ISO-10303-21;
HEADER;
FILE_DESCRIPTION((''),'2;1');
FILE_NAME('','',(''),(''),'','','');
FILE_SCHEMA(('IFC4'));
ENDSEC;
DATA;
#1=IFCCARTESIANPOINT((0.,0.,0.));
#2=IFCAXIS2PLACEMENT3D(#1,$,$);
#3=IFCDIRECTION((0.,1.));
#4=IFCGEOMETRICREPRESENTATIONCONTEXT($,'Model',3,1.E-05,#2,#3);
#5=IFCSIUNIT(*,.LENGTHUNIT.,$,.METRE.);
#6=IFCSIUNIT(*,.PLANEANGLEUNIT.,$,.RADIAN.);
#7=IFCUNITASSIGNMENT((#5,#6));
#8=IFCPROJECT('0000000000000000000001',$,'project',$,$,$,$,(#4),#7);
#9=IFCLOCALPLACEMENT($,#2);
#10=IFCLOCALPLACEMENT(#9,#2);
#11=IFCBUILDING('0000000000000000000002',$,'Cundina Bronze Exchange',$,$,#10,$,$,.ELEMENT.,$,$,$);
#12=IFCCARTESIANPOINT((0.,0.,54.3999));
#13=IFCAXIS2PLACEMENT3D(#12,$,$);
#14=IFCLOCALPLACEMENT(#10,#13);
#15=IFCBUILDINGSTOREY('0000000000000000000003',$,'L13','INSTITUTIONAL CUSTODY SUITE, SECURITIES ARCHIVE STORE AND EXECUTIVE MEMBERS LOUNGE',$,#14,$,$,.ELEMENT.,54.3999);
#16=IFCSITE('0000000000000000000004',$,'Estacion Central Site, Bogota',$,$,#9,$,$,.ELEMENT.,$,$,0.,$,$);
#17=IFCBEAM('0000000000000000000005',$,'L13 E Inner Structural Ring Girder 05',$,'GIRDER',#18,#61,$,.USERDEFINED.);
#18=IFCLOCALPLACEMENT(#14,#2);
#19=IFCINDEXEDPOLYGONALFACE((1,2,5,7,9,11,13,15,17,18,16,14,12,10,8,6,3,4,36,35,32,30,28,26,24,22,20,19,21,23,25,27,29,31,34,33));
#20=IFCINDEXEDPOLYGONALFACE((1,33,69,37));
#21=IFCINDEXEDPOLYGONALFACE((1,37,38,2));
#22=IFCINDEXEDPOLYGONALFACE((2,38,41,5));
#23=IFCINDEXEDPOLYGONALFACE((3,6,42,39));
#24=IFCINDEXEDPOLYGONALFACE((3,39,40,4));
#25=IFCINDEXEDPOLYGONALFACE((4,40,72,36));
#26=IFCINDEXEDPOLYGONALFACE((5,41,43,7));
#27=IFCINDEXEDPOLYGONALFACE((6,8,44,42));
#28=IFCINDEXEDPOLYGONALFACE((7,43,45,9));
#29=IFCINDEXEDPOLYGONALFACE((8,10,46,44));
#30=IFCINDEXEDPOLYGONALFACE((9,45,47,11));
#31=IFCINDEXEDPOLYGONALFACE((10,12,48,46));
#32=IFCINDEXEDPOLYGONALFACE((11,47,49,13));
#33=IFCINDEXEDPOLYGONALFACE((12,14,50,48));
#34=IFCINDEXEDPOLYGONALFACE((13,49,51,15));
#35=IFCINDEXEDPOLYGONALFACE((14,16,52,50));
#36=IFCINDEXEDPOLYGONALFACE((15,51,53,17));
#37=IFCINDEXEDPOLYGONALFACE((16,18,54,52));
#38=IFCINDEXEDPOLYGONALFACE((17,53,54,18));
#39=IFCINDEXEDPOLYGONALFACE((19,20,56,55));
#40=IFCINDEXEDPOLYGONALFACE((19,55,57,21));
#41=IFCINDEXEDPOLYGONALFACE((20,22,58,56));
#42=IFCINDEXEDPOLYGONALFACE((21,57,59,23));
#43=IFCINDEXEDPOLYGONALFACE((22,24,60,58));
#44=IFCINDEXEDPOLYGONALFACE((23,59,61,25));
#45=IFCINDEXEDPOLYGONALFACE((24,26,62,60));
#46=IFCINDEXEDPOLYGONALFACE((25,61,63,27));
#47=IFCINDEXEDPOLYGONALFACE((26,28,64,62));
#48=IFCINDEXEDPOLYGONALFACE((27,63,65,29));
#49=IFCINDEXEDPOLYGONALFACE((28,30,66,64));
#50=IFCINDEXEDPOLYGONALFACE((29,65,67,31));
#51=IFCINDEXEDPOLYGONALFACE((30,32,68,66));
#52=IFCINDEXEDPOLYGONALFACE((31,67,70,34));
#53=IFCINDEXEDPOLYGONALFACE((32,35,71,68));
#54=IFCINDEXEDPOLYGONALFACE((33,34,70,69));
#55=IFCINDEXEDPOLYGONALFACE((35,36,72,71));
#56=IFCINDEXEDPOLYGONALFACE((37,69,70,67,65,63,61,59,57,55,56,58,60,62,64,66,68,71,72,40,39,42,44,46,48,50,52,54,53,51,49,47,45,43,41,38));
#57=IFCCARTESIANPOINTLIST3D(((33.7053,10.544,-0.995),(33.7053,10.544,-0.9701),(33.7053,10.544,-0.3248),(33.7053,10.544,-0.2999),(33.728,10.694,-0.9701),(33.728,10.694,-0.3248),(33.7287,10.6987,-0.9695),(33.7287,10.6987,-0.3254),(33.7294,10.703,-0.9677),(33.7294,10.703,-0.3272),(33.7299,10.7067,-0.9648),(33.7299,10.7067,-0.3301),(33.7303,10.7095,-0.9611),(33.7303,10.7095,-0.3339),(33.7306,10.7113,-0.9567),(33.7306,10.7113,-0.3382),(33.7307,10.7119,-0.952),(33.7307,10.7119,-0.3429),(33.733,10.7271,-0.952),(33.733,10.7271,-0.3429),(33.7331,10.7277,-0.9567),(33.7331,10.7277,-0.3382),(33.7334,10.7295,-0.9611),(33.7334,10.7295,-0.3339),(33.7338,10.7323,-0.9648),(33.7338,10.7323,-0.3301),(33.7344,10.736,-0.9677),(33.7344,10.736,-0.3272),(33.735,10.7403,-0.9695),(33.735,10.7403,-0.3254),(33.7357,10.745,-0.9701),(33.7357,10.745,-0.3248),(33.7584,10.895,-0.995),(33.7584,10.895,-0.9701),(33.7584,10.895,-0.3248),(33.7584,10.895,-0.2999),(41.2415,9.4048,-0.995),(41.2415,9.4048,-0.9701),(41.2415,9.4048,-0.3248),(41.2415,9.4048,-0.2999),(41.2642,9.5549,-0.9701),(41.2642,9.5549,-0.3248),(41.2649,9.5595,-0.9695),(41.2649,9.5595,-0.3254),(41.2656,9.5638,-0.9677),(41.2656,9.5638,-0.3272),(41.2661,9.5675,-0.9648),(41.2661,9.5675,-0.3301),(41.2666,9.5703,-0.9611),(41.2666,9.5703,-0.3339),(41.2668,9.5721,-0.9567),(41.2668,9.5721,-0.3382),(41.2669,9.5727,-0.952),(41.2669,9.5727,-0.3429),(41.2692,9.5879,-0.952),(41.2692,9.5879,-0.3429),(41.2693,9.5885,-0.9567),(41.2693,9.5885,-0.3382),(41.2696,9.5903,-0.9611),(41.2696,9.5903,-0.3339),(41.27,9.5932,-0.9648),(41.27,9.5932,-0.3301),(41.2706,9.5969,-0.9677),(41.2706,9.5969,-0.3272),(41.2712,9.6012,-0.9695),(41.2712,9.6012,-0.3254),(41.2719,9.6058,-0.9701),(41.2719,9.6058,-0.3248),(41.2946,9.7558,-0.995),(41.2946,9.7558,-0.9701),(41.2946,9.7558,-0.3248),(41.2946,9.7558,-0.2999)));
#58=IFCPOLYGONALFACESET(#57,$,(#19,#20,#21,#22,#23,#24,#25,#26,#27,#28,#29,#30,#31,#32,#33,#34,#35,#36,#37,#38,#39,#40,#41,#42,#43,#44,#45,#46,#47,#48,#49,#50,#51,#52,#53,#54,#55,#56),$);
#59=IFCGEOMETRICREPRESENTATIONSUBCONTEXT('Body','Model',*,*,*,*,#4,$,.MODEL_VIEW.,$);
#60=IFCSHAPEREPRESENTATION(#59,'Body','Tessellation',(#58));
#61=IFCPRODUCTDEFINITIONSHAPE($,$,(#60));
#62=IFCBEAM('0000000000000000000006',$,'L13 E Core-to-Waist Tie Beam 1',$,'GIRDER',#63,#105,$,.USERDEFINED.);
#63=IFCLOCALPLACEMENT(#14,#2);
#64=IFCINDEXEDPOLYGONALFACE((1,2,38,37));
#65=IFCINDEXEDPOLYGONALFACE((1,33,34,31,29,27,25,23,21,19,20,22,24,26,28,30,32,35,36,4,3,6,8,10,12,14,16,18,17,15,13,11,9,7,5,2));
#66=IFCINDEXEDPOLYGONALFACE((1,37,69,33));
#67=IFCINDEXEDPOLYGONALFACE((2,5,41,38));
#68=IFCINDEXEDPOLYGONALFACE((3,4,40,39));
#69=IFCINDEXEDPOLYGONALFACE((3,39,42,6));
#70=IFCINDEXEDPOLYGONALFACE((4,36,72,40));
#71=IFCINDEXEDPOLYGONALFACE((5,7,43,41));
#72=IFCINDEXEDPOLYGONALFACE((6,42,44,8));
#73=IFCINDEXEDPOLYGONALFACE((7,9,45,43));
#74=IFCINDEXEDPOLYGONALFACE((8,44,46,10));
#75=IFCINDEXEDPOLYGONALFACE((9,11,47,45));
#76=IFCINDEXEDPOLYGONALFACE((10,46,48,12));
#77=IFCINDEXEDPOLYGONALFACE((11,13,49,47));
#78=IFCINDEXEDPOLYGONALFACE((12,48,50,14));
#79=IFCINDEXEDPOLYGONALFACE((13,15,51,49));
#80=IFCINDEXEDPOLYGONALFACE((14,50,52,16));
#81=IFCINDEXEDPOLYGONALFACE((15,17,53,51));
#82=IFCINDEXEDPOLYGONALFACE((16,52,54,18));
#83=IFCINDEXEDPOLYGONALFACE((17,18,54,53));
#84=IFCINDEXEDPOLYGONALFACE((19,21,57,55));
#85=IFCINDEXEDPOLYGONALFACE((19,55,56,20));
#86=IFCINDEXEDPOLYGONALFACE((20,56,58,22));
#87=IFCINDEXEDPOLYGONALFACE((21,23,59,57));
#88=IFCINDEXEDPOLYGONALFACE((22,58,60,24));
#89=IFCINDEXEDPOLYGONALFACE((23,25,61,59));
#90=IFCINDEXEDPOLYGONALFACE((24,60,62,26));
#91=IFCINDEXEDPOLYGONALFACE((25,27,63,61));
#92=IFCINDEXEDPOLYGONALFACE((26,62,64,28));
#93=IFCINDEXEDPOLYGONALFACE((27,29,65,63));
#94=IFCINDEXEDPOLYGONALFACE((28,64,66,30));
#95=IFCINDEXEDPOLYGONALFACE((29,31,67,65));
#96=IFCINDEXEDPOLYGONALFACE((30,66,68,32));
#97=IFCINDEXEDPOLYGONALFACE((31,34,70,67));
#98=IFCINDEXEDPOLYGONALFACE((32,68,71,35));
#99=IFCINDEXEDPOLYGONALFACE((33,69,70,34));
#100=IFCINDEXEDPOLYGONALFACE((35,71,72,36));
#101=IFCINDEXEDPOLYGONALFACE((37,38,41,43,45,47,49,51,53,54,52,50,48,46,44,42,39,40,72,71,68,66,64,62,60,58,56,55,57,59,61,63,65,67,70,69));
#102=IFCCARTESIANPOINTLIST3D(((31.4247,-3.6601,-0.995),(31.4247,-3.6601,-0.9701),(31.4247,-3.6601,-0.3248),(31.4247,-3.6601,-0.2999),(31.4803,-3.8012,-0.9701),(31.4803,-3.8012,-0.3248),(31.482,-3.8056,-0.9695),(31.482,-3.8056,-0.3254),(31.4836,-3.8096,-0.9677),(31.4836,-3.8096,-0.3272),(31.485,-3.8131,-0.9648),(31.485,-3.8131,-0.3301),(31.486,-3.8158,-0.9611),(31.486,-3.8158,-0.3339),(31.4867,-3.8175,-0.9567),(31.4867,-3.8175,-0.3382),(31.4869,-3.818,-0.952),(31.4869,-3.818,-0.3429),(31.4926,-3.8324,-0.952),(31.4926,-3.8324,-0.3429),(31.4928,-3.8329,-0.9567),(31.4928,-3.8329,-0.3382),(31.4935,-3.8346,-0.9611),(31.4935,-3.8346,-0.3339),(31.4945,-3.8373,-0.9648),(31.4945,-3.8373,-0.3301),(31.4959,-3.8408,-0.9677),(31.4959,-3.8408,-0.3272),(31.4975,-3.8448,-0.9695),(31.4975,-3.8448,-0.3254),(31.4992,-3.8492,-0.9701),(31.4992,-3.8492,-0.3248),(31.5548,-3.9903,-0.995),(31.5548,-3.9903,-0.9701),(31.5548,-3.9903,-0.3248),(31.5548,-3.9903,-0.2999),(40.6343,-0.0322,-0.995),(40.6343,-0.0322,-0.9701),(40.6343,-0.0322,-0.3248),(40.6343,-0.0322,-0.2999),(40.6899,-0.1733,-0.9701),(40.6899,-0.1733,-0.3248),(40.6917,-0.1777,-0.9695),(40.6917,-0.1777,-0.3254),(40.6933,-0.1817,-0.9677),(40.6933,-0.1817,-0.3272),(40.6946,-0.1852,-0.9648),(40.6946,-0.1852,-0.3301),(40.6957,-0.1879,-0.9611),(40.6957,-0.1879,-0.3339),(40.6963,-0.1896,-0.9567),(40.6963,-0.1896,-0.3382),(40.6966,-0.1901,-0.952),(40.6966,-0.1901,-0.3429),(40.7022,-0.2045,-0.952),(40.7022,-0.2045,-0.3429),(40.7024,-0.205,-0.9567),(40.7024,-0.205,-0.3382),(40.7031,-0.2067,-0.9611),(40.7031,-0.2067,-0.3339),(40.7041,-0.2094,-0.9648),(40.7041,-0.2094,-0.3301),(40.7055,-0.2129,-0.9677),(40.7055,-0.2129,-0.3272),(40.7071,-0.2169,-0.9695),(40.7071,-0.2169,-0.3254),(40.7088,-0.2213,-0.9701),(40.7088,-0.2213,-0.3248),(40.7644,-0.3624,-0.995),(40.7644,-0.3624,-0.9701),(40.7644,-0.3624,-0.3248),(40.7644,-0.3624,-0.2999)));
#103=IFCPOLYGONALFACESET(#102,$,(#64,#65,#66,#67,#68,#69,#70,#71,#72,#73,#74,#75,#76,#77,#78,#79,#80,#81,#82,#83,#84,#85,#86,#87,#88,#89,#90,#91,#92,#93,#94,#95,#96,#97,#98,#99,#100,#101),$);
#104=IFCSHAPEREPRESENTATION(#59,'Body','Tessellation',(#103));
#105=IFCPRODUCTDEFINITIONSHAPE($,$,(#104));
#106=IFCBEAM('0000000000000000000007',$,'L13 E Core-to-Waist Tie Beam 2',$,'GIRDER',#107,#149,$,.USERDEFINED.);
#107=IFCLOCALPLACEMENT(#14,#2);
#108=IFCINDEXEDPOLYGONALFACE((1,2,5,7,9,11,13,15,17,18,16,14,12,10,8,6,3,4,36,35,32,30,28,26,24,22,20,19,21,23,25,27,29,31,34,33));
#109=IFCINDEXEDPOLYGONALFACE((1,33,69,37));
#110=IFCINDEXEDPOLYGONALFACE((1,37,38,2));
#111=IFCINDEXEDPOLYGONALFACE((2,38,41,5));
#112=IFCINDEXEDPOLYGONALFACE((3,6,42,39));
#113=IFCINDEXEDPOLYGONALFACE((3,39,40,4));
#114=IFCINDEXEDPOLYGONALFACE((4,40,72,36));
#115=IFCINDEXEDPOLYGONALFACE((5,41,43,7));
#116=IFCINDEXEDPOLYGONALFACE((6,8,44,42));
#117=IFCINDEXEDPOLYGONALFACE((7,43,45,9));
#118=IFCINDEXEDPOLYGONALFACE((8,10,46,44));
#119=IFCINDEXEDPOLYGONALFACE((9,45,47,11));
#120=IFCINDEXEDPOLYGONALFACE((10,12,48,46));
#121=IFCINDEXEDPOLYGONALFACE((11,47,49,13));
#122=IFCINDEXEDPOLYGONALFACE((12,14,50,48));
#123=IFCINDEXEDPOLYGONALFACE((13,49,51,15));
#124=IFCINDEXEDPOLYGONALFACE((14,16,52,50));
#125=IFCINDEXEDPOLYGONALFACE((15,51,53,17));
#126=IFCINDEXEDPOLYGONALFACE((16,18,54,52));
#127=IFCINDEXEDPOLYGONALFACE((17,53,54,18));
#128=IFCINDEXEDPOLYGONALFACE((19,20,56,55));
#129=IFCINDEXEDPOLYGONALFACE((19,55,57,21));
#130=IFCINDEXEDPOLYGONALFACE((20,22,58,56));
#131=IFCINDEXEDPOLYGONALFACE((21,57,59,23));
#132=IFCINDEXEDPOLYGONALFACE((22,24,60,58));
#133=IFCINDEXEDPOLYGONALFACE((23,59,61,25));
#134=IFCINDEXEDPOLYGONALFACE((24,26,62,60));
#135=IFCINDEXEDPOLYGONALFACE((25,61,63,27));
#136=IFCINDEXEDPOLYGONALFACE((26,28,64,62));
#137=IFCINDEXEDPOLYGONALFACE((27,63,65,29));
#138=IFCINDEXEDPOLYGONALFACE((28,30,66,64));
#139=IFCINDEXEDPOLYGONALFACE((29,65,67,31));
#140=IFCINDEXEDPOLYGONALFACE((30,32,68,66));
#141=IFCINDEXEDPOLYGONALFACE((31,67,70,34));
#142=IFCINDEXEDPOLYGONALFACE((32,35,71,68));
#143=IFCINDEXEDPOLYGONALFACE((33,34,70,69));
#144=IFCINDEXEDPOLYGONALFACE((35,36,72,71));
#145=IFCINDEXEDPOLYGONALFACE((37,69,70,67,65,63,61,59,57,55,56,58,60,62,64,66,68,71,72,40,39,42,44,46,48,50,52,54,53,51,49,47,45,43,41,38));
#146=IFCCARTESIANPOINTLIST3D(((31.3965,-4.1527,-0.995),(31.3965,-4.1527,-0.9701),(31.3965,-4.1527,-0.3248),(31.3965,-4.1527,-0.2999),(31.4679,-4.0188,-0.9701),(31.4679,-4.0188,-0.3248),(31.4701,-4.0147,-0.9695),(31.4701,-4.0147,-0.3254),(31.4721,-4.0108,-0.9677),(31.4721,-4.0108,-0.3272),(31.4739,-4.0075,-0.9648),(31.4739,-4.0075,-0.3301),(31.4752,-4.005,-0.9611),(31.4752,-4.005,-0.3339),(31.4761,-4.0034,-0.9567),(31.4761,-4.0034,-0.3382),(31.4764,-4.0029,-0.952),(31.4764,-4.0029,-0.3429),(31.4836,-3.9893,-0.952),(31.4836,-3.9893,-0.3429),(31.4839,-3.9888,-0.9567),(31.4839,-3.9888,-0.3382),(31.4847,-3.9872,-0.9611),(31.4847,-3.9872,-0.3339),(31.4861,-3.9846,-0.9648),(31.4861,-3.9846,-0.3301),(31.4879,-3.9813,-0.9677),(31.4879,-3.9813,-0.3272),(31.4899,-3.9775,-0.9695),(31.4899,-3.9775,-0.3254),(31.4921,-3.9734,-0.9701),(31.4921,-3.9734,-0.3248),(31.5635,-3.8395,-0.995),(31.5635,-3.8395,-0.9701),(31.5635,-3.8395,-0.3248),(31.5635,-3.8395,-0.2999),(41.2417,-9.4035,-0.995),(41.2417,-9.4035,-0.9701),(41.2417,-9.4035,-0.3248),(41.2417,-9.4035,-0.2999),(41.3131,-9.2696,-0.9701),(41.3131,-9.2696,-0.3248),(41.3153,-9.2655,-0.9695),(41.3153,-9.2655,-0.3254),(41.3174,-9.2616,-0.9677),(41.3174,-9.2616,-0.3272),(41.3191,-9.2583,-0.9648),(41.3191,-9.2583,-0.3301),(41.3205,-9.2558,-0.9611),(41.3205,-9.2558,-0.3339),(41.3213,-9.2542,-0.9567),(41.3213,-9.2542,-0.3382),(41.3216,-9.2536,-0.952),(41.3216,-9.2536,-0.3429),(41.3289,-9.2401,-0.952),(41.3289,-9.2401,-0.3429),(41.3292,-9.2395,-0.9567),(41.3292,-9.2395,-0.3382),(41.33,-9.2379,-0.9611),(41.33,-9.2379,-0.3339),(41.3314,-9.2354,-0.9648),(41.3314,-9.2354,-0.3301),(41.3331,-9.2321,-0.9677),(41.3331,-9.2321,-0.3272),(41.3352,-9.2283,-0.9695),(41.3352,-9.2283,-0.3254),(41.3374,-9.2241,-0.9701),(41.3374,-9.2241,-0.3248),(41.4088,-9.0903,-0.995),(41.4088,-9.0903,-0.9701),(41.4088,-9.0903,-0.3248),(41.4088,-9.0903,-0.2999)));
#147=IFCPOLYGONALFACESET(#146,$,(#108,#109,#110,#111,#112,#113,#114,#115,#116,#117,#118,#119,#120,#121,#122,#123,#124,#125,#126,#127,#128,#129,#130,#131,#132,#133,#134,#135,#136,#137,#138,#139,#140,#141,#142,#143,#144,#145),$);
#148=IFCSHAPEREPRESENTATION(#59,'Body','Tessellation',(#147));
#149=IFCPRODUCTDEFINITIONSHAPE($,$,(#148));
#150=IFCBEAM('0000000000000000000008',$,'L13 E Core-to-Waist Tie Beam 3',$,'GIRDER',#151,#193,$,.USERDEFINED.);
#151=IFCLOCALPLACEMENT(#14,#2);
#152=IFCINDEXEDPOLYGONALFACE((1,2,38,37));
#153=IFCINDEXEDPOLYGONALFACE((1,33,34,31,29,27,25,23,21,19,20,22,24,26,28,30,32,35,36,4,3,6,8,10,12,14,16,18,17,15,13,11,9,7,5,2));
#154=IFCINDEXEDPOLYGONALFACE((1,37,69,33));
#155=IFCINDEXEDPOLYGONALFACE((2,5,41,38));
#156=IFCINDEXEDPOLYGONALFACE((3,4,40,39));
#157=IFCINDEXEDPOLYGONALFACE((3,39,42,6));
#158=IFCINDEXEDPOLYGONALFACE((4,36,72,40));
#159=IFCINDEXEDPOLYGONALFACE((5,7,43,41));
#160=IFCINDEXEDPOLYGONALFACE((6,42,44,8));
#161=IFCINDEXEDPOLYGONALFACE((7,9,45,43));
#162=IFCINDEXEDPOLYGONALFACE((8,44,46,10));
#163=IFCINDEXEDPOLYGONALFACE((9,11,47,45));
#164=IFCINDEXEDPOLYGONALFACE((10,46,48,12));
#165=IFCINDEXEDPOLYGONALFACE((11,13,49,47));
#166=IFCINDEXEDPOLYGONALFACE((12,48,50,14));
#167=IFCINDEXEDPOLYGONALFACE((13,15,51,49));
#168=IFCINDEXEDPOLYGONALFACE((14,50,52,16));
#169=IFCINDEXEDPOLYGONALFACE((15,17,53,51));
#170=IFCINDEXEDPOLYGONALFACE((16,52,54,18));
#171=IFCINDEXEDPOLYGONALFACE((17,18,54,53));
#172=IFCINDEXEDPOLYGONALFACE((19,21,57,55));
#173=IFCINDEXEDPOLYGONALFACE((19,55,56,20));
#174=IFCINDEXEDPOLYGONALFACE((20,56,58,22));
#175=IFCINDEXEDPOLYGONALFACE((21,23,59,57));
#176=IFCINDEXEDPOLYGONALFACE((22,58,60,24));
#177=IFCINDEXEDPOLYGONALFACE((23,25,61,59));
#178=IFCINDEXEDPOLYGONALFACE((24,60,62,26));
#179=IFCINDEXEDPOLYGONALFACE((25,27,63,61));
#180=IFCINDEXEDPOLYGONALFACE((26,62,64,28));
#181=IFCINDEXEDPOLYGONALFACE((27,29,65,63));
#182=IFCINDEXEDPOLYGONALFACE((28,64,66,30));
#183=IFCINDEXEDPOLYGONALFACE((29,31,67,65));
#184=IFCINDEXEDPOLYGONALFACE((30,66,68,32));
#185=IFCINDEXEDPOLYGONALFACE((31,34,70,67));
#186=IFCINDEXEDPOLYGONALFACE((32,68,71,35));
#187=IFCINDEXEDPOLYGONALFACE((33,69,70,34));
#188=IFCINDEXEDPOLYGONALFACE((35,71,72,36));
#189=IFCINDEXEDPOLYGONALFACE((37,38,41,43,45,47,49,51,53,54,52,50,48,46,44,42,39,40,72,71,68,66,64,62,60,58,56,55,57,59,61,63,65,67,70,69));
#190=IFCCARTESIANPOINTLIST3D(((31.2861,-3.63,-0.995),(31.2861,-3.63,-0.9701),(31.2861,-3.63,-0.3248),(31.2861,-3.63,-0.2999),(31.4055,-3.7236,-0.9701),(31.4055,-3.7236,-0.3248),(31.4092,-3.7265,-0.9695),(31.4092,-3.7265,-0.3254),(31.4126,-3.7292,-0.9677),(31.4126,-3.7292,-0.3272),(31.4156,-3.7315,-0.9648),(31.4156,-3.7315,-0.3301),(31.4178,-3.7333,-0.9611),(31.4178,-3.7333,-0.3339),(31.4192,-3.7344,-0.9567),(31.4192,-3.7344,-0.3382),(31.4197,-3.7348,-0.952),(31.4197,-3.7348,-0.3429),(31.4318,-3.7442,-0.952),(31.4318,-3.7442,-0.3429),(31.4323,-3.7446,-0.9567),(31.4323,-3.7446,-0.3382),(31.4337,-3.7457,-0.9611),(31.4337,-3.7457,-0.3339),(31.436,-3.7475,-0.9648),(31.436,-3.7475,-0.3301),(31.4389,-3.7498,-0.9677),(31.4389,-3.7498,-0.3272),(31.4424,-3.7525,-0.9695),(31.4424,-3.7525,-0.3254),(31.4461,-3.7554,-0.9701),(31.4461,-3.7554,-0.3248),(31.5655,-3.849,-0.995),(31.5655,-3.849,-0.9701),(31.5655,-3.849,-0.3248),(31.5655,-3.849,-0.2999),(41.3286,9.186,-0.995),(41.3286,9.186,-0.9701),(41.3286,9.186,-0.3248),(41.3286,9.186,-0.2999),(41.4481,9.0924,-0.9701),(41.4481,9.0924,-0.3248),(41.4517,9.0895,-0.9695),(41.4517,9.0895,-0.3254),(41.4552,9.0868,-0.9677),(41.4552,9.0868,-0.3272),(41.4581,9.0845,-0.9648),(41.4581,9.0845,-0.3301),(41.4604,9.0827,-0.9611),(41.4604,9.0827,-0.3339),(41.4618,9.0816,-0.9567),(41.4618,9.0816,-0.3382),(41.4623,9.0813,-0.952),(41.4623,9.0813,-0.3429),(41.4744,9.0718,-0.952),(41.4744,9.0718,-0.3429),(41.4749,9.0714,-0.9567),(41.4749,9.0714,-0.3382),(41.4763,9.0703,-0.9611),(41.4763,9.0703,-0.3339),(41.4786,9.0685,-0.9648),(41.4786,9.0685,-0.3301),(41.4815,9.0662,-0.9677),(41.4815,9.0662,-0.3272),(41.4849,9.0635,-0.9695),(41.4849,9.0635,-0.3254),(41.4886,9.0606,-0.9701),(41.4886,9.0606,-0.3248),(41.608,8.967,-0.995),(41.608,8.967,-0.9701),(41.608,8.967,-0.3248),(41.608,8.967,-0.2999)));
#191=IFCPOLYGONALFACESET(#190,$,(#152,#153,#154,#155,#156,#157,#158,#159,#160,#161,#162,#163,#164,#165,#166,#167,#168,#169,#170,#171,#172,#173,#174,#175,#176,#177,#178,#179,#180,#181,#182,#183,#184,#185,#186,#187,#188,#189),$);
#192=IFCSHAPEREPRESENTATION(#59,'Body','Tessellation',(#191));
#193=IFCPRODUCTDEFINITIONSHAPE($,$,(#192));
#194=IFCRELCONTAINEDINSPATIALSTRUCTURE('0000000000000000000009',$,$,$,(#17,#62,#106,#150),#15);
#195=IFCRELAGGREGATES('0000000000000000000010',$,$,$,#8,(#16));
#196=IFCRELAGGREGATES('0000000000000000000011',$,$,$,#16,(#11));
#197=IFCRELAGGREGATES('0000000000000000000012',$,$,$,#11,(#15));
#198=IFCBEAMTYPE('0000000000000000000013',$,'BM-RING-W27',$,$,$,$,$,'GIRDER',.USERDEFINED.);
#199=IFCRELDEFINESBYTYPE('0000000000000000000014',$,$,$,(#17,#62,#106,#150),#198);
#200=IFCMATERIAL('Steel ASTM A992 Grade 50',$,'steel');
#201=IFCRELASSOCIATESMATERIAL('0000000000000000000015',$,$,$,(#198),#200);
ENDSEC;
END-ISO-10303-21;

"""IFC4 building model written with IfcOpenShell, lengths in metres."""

from ifc_helpers import new_model, si_unit, direction, frame, origin, origin_2d, place, context, subcontext, project, spatial, i_section, extrude, material, material_profile, profile_set, type_object, element, save


model = new_model("IFC4")

# Units and contexts
model_context = context("Model", 3, precision=1e-05, world=origin(), true_north=direction((0.0, 1.0)))
body_context = subcontext(model_context, "Body", "Model", "MODEL_VIEW")
ifc_project = project(units=[si_unit("LENGTHUNIT", "METRE"), si_unit("PLANEANGLEUNIT", "RADIAN")], contexts=[model_context])

# Site, building, storey
site_placement = place(None, origin())
site = spatial("IfcSite", under=ifc_project, at=site_placement, Name="Estacion Central Site, Bogota", CompositionType="ELEMENT", RefElevation=0.0)
building_placement = place(site_placement, origin())
building = spatial("IfcBuilding", under=site, at=building_placement, Name="Cundina Bronze Exchange", CompositionType="ELEMENT")
storey_placement = place(building_placement, frame((0.0, 0.0, 54.3999)))
storey = spatial("IfcBuildingStorey", under=building, at=storey_placement, Name="L13", Description="INSTITUTIONAL CUSTODY SUITE, SECURITIES ARCHIVE STORE AND EXECUTIVE MEMBERS LOUNGE", CompositionType="ELEMENT", Elevation=54.3999)

# Shared definitions
ifc_material_1 = material(Name="Steel ASTM A992 Grade 50", Category="steel")

# Beams
ifc_material_profile_1 = material_profile(ifc_material_1, i_section(OverallWidth=0.355, OverallDepth=0.6951, WebThickness=0.0154, FlangeThickness=0.0249, FilletRadius=0.0181, at=origin_2d()), Name="W27X146", Category="steel")
ifc_profile_set_1 = profile_set([ifc_material_profile_1], Name="Steel ASTM A992 Grade 50")
beam_type_1 = type_object("IfcBeamType", Name="BM-RING-W27", ElementType="GIRDER", PredefinedType="USERDEFINED", material=ifc_profile_set_1)
beam_1_placement = place(storey_placement, frame((41.2681, 9.5803, -0.6475), z_axis=(-0.988767, 0.149462, 0.0), x_axis=(-0.149462, -0.988767, 0.0)))
element("IfcBeam", 1, at=beam_1_placement, inside=storey, type_object=beam_type_1, Name="L13 E Inner Structural Ring Girder 05", ObjectType="GIRDER", PredefinedType="USERDEFINED", context=body_context, shape_type="SweptSolid", body=[
    extrude(i_section(OverallWidth=0.355, OverallDepth=0.6951, WebThickness=0.0154, FlangeThickness=0.0249, FilletRadius=0.0181, at=origin_2d()), origin(), (0.0, 0.0, 1.0), 7.6218),
])
beam_2_placement = place(storey_placement, frame((31.4897, -3.8252, -0.6475), z_axis=(0.930413, 0.366512, 0.0), x_axis=(-0.366512, 0.930413, 0.0)))
element("IfcBeam", 2, at=beam_2_placement, inside=storey, type_object=beam_type_1, Name="L13 E Core-to-Waist Tie Beam 1", ObjectType="GIRDER", PredefinedType="USERDEFINED", context=body_context, shape_type="SweptSolid", body=[
    extrude(i_section(OverallWidth=0.355, OverallDepth=0.6951, WebThickness=0.0154, FlangeThickness=0.0249, FilletRadius=0.0181, at=origin_2d()), origin(), (0.0, 0.0, 1.0), 9.8984),
])
beam_3_placement = place(storey_placement, frame((31.48, -3.9961, -0.6475), z_axis=(0.882355, -0.470585, 0.0), x_axis=(0.470585, 0.882355, 0.0)))
element("IfcBeam", 3, at=beam_3_placement, inside=storey, type_object=beam_type_1, Name="L13 E Core-to-Waist Tie Beam 2", ObjectType="GIRDER", PredefinedType="USERDEFINED", context=body_context, shape_type="SweptSolid", body=[
    extrude(i_section(OverallWidth=0.355, OverallDepth=0.6951, WebThickness=0.0154, FlangeThickness=0.0249, FilletRadius=0.0181, at=origin_2d()), origin(), (0.0, 0.0, 1.0), 11.158),
])
beam_4_placement = place(storey_placement, frame((31.4258, -3.7395, -0.6475), z_axis=(0.616789, 0.787128, 0.0), x_axis=(-0.787128, 0.616789, 0.0)))
element("IfcBeam", 4, at=beam_4_placement, inside=storey, type_object=beam_type_1, Name="L13 E Core-to-Waist Tie Beam 3", ObjectType="GIRDER", PredefinedType="USERDEFINED", context=body_context, shape_type="SweptSolid", body=[
    extrude(i_section(OverallWidth=0.355, OverallDepth=0.6951, WebThickness=0.0154, FlangeThickness=0.0249, FilletRadius=0.0181, at=origin_2d()), origin(), (0.0, 0.0, 1.0), 16.282),
])

save(model, "model.ifc")
